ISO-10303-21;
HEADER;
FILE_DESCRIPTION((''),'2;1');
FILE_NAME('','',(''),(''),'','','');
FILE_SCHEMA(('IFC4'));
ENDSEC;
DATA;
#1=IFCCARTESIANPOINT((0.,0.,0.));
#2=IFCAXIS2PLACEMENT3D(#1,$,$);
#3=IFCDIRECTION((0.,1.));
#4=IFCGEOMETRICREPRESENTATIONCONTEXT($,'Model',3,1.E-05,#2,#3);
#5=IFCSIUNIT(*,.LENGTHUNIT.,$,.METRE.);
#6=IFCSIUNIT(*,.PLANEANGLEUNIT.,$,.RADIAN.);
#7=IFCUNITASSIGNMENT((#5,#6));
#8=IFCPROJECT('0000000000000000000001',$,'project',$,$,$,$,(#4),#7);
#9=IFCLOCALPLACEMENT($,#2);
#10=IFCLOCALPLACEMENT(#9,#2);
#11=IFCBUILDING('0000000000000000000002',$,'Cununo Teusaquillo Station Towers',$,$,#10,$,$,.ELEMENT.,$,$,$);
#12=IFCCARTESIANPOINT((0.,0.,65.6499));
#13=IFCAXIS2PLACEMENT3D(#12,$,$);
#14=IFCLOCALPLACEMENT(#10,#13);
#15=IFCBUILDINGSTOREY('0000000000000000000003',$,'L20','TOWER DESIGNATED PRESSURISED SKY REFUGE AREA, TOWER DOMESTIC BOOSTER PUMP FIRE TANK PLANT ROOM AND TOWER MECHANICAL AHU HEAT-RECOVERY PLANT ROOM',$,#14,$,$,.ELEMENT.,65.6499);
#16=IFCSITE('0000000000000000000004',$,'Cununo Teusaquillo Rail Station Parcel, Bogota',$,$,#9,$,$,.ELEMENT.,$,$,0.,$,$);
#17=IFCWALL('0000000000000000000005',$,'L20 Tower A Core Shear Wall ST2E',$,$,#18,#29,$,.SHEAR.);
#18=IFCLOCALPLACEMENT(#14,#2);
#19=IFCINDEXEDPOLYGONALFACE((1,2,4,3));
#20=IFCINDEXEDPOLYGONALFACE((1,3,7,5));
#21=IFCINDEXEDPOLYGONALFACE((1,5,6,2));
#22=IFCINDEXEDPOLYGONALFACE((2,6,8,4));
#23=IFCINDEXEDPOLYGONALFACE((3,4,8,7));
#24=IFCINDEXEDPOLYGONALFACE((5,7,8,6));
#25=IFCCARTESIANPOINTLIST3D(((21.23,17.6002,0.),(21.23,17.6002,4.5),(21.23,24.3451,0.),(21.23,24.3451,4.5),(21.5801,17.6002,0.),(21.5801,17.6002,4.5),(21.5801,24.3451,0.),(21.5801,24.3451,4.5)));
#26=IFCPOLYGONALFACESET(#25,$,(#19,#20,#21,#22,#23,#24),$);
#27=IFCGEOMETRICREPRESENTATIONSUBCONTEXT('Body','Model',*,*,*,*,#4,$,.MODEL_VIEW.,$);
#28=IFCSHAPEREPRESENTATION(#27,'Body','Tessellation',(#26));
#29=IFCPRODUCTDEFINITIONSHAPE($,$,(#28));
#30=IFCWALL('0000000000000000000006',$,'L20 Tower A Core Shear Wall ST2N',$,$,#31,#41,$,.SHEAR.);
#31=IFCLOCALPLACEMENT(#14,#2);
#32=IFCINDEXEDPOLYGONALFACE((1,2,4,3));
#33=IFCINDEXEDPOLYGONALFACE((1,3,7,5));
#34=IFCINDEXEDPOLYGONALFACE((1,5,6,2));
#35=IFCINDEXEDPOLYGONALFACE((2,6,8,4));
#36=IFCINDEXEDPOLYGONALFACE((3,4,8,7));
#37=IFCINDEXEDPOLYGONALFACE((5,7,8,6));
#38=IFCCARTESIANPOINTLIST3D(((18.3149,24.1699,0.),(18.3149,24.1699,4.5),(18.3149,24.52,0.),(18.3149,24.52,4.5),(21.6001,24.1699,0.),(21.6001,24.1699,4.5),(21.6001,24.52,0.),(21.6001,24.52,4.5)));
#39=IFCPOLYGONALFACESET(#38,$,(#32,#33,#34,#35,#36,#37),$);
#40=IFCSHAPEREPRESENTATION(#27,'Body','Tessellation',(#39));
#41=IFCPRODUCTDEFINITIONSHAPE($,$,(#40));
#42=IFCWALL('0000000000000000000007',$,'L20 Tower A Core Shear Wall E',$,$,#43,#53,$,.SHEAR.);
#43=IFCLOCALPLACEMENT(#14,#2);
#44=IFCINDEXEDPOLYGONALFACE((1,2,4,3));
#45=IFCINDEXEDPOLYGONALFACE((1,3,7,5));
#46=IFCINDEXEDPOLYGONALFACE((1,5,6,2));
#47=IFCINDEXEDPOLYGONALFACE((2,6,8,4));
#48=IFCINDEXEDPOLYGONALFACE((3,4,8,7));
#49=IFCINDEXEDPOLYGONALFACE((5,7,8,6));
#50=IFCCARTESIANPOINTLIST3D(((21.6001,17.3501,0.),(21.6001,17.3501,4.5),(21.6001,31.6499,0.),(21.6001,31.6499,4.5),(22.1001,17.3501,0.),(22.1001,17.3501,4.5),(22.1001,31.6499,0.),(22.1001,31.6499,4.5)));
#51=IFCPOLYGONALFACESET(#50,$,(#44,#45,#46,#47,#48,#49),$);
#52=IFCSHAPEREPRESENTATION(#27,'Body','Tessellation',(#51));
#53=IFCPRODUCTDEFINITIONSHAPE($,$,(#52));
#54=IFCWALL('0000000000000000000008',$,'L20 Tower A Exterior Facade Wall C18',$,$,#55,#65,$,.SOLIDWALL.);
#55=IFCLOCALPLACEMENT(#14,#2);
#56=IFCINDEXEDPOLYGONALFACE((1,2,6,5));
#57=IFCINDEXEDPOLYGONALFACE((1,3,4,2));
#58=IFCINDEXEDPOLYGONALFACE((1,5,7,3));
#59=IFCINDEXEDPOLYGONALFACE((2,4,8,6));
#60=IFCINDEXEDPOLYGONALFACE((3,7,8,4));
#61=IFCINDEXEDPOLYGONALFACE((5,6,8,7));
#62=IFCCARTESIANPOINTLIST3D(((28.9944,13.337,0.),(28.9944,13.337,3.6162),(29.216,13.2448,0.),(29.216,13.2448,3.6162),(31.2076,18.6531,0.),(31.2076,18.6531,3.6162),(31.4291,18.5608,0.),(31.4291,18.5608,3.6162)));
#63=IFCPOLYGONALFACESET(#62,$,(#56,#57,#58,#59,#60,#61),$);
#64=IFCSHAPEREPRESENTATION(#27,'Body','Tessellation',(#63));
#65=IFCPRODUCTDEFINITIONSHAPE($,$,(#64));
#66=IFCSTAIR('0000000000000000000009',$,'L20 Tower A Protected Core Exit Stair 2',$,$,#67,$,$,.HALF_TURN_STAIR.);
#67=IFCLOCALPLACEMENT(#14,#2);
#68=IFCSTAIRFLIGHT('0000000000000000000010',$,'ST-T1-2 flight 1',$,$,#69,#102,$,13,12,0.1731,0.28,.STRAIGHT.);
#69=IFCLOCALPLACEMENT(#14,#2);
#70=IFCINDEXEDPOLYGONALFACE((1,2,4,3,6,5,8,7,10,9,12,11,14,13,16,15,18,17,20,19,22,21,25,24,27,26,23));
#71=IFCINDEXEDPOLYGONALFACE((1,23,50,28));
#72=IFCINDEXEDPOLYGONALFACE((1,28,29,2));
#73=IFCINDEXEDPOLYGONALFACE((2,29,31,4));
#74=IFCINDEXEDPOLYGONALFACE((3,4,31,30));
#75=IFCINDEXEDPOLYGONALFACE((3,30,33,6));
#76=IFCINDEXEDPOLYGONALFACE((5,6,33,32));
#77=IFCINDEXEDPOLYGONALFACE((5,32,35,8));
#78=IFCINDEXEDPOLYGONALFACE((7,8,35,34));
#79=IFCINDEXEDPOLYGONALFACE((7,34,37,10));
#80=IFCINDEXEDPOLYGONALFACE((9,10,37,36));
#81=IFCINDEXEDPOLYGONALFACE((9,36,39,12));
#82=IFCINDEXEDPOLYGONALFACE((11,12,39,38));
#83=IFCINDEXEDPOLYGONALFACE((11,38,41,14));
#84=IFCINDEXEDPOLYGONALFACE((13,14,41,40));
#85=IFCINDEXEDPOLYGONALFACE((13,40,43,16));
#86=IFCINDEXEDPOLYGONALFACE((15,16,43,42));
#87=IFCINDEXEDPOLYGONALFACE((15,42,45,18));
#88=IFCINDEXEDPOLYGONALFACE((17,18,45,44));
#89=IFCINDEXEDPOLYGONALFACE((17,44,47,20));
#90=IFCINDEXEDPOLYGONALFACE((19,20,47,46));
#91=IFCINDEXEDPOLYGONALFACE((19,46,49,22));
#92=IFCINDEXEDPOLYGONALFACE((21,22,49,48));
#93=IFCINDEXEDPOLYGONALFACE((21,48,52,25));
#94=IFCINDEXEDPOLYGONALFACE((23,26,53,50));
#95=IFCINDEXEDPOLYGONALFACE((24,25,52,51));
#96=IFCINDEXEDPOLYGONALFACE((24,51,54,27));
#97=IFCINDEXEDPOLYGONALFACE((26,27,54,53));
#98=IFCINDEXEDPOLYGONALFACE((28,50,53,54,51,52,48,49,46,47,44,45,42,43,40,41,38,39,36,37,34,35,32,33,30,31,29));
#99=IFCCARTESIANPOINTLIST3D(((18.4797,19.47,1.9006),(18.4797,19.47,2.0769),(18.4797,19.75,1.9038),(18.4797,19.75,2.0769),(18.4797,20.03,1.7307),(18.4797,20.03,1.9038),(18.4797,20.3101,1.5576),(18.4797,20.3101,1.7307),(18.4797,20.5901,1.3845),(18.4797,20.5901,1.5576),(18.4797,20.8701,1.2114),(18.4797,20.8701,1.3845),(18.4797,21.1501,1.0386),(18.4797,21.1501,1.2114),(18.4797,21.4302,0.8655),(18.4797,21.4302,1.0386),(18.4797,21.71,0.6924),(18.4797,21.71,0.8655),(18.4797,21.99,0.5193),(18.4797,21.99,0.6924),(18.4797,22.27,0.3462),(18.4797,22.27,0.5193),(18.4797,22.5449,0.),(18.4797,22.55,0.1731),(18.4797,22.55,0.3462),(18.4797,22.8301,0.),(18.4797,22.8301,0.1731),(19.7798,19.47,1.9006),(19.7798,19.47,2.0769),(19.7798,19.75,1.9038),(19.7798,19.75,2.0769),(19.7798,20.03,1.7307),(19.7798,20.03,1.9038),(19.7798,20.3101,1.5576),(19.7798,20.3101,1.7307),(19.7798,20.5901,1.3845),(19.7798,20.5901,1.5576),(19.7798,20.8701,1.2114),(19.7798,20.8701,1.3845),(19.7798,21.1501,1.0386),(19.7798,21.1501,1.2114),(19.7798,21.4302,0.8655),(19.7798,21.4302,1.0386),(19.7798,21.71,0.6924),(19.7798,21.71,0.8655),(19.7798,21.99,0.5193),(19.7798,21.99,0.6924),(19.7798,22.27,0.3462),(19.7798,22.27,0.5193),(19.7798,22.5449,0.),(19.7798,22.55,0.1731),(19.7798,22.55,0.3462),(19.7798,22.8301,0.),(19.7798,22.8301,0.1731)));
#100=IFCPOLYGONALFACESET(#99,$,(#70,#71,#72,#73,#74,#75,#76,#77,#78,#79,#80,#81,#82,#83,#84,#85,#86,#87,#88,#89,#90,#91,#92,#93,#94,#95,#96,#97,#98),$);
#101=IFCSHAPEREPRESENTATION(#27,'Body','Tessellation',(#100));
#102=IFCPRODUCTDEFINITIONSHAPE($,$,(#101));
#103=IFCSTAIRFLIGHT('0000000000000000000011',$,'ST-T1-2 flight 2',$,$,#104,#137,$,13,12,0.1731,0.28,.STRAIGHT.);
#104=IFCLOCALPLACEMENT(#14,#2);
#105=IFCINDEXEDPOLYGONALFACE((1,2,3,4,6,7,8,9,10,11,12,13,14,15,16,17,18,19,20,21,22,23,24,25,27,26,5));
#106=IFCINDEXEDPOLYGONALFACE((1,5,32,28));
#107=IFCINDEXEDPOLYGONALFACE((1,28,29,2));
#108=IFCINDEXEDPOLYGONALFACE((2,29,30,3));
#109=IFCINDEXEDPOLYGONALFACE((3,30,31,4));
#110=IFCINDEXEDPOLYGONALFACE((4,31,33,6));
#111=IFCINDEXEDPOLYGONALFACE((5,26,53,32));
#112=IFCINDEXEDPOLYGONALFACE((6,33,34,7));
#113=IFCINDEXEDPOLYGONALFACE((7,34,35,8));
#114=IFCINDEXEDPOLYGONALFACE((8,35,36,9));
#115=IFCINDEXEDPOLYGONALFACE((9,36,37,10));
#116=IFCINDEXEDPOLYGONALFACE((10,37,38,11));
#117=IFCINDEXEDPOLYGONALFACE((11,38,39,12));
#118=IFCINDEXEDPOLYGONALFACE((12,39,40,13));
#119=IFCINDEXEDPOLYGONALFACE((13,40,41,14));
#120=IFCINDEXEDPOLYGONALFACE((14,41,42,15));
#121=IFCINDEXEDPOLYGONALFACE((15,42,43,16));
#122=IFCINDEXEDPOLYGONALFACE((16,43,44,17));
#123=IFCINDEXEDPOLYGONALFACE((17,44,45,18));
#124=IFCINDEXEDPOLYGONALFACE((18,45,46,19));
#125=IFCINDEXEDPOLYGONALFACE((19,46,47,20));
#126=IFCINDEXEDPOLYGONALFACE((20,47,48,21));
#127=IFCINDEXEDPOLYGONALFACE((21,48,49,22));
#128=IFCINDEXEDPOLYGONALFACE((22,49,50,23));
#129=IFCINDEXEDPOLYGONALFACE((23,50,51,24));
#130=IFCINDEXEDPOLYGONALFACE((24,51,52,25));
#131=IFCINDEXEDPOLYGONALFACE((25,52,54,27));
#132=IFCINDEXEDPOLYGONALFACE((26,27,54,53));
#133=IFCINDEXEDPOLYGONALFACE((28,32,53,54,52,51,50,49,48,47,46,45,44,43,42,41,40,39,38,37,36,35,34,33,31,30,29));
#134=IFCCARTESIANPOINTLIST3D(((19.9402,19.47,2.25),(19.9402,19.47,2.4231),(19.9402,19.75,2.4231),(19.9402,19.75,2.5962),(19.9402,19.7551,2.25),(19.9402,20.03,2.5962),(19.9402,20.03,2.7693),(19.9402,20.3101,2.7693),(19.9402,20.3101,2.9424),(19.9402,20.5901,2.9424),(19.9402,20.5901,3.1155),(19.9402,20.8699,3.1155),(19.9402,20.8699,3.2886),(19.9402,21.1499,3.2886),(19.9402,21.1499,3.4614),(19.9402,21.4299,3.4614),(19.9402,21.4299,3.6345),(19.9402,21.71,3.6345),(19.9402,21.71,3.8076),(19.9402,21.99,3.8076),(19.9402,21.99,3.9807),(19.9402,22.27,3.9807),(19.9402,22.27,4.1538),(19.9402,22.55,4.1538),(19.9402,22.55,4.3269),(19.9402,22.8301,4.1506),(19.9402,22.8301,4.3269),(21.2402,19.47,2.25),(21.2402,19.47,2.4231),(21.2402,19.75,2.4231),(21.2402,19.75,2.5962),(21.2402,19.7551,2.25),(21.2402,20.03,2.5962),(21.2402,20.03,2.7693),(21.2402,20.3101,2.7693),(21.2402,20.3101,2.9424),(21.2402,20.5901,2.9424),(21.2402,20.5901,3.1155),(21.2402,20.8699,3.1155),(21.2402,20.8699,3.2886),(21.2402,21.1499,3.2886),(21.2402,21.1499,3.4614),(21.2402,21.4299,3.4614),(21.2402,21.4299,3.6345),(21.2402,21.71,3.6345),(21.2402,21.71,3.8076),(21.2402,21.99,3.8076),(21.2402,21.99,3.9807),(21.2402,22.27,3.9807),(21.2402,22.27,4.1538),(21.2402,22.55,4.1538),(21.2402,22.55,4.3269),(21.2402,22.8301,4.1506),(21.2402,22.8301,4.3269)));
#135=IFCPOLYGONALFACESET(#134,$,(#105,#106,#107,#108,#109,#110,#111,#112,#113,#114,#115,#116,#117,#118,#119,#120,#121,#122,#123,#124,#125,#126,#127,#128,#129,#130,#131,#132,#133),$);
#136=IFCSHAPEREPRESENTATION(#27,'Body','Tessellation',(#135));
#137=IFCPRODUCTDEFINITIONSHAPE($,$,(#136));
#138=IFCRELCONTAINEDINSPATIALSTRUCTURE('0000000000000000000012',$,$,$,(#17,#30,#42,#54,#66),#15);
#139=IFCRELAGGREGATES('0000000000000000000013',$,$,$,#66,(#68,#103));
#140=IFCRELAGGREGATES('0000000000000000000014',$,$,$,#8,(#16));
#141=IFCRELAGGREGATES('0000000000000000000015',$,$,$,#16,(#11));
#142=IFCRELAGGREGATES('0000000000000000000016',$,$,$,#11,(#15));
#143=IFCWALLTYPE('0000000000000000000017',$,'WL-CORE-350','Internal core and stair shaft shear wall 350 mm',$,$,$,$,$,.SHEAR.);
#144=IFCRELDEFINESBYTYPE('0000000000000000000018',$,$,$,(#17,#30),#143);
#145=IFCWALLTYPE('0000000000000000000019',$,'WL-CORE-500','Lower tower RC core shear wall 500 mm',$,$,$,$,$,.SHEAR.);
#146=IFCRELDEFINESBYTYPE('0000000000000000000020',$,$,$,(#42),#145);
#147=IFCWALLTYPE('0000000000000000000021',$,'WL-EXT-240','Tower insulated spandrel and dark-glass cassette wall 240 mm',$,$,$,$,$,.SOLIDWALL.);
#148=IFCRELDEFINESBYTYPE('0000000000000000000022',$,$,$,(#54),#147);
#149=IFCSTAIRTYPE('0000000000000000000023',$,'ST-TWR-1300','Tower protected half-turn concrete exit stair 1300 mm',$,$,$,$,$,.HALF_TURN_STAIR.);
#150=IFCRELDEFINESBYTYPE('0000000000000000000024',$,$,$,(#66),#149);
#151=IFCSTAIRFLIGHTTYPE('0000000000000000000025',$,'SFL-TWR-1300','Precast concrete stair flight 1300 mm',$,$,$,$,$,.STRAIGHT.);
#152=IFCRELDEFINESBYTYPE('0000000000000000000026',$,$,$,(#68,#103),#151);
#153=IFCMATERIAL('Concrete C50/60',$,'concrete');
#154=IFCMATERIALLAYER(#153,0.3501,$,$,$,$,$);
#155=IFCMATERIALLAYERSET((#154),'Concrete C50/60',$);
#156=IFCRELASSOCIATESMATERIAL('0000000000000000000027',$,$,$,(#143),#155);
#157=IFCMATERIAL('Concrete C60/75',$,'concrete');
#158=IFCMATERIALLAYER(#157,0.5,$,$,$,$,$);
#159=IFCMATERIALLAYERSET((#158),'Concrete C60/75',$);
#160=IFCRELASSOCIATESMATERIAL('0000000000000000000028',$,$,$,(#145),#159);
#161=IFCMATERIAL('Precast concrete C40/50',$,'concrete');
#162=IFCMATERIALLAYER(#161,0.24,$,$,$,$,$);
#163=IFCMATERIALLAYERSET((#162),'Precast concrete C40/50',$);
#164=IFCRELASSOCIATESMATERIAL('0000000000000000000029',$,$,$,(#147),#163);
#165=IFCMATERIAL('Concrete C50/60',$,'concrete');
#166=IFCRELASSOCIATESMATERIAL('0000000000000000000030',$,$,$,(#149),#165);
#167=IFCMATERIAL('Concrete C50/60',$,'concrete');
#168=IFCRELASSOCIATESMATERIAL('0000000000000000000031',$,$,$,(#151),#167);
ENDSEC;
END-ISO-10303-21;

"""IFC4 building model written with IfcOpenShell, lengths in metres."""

from ifc_helpers import new_model, si_unit, direction, frame, frame_2d, origin, place, context, subcontext, project, spatial, polyline, rectangle, outline, extrude, material, layer, layer_set, type_object, element, aggregate, save


model = new_model("IFC4")

# Units and contexts
model_context = context("Model", 3, precision=1e-05, world=origin(), true_north=direction((0.0, 1.0)))
body_context = subcontext(model_context, "Body", "Model", "MODEL_VIEW")
ifc_project = project(units=[si_unit("LENGTHUNIT", "METRE"), si_unit("PLANEANGLEUNIT", "RADIAN")], contexts=[model_context])

# Site, building, storey
site_placement = place(None, origin())
site = spatial("IfcSite", under=ifc_project, at=site_placement, Name="Cununo Teusaquillo Rail Station Parcel, Bogota", CompositionType="ELEMENT", RefElevation=0.0)
building_placement = place(site_placement, origin())
building = spatial("IfcBuilding", under=site, at=building_placement, Name="Cununo Teusaquillo Station Towers", CompositionType="ELEMENT")
storey_placement = place(building_placement, frame((0.0, 0.0, 65.6499)))
storey = spatial("IfcBuildingStorey", under=building, at=storey_placement, Name="L20", Description="TOWER DESIGNATED PRESSURISED SKY REFUGE AREA, TOWER DOMESTIC BOOSTER PUMP FIRE TANK PLANT ROOM AND TOWER MECHANICAL AHU HEAT-RECOVERY PLANT ROOM", CompositionType="ELEMENT", Elevation=65.6499)

# Shared definitions
ifc_material_1 = material(Name="Concrete C50/60", Category="concrete")
ifc_layer_1 = layer(ifc_material_1, 0.3501)
ifc_layer_set_1 = layer_set([ifc_layer_1], Name="Concrete C50/60")
wall_type_1 = type_object("IfcWallType", Name="WL-CORE-350", Description="Internal core and stair shaft shear wall 350 mm", PredefinedType="SHEAR", material=ifc_layer_set_1)

# Walls
wall_1_placement = place(storey_placement, frame((21.405, 17.6001, 0.0), z_axis=(0.0, 0.0, 1.0), x_axis=(0.0, 1.0, 0.0)))
element("IfcWall", 1, at=wall_1_placement, inside=storey, type_object=wall_type_1, Name="L20 Tower A Core Shear Wall ST2E", PredefinedType="SHEAR", context=body_context, shape_type="SweptSolid", body=[
    extrude(rectangle(XDim=6.7449, YDim=0.3501, at=frame_2d((3.3726, 0.0))), origin(), (0.0, 0.0, 1.0), 4.5),
])
wall_2_placement = place(storey_placement, frame((18.3149, 24.345, 0.0), z_axis=(0.0, 0.0, 1.0), x_axis=(1.0, 0.0, 0.0)))
element("IfcWall", 2, at=wall_2_placement, inside=storey, type_object=wall_type_1, Name="L20 Tower A Core Shear Wall ST2N", PredefinedType="SHEAR", context=body_context, shape_type="SweptSolid", body=[
    extrude(rectangle(XDim=3.2852, YDim=0.3501, at=frame_2d((1.6426, 0.0))), origin(), (0.0, 0.0, 1.0), 4.5),
])
ifc_material_2 = material(Name="Concrete C60/75", Category="concrete")
ifc_layer_2 = layer(ifc_material_2, 0.5)
ifc_layer_set_2 = layer_set([ifc_layer_2], Name="Concrete C60/75")
wall_type_2 = type_object("IfcWallType", Name="WL-CORE-500", Description="Lower tower RC core shear wall 500 mm", PredefinedType="SHEAR", material=ifc_layer_set_2)
wall_3_placement = place(storey_placement, frame((21.8501, 17.3501, 0.0), z_axis=(0.0, 0.0, 1.0), x_axis=(0.0, 1.0, 0.0)))
element("IfcWall", 3, at=wall_3_placement, inside=storey, type_object=wall_type_2, Name="L20 Tower A Core Shear Wall E", PredefinedType="SHEAR", context=body_context, shape_type="SweptSolid", body=[
    extrude(rectangle(XDim=14.2998, YDim=0.5, at=frame_2d((7.1499, 0.0))), origin(), (0.0, 0.0, 1.0), 4.5),
])
ifc_material_3 = material(Name="Precast concrete C40/50", Category="concrete")
ifc_layer_3 = layer(ifc_material_3, 0.24)
ifc_layer_set_3 = layer_set([ifc_layer_3], Name="Precast concrete C40/50")
wall_type_3 = type_object("IfcWallType", Name="WL-EXT-240", Description="Tower insulated spandrel and dark-glass cassette wall 240 mm", PredefinedType="SOLIDWALL", material=ifc_layer_set_3)
wall_4_placement = place(storey_placement, frame((31.3184, 18.6069, 0.0), z_axis=(0.0, 0.0, 1.0), x_axis=(-0.384344, -0.92319, 0.0)))
element("IfcWall", 4, at=wall_4_placement, inside=storey, type_object=wall_type_3, Name="L20 Tower A Exterior Facade Wall C18", PredefinedType="SOLIDWALL", context=body_context, shape_type="SweptSolid", body=[
    extrude(rectangle(XDim=5.7583, YDim=0.24, at=frame_2d((2.8792, 0.0))), origin(), (0.0, 0.0, 1.0), 3.6162),
])

# Stair, stair flights
ifc_material_4 = material(Name="Concrete C50/60", Category="concrete")
stair_type = type_object("IfcStairType", Name="ST-TWR-1300", Description="Tower protected half-turn concrete exit stair 1300 mm", PredefinedType="HALF_TURN_STAIR", material=ifc_material_4)
stair_placement = place(storey_placement, origin())
stair = element("IfcStair", 5, at=stair_placement, inside=storey, type_object=stair_type, Name="L20 Tower A Protected Core Exit Stair 2", PredefinedType="HALF_TURN_STAIR")
ifc_material_5 = material(Name="Concrete C50/60", Category="concrete")
stair_flight_type = type_object("IfcStairFlightType", Name="SFL-TWR-1300", Description="Precast concrete stair flight 1300 mm", PredefinedType="STRAIGHT", material=ifc_material_5)
stair_flight_1_placement = place(storey_placement, frame((19.1299, 22.8301, 0.0), z_axis=(0.0, 0.0, 1.0), x_axis=(0.0, -1.0, 0.0)))
stair_flight_1 = element("IfcStairFlight", 6, at=stair_flight_1_placement, type_object=stair_flight_type, Name="ST-T1-2 flight 1", NumberOfRisers=13, NumberOfTreads=12, PredefinedType="STRAIGHT", RiserHeight=0.1731, TreadLength=0.28, context=body_context, shape_type="SweptSolid", body=[
    extrude(outline(polyline([(0.0, 0.0), (0.0, 0.1731), (0.28, 0.1731), (0.28, 0.3462), (0.5601, 0.3462), (0.5601, 0.5193), (0.8401, 0.5193), (0.8401, 0.6924), (1.1201, 0.6924), (1.1201, 0.8655), (1.3999, 0.8655), (1.3999, 1.0386), (1.6799, 1.0386), (1.6799, 1.2114), (1.96, 1.2114), (1.96, 1.3845), (2.24, 1.3845), (2.24, 1.5576), (2.52, 1.5576), (2.52, 1.7307), (2.8, 1.7307), (2.8, 1.9038), (3.0801, 1.9038), (3.0801, 2.0769), (3.3601, 2.0769), (3.3601, 2.25), (3.3601, 1.9006), (0.2852, 0.0), (0.0, 0.0)])), frame((0.0, 0.6499, 0.0), z_axis=(0.0, -1.0, 0.0), x_axis=(1.0, 0.0, 0.0)), (0.0, 0.0, 1.0), 1.3),
])
stair_flight_2_placement = place(storey_placement, frame((20.5901, 19.47, 2.25), z_axis=(0.0, 0.0, 1.0), x_axis=(0.0, 1.0, 0.0)))
stair_flight_2 = element("IfcStairFlight", 7, at=stair_flight_2_placement, type_object=stair_flight_type, Name="ST-T1-2 flight 2", NumberOfRisers=13, NumberOfTreads=12, PredefinedType="STRAIGHT", RiserHeight=0.1731, TreadLength=0.28, context=body_context, shape_type="SweptSolid", body=[
    extrude(outline(polyline([(0.0, 0.0), (0.0, 0.1731), (0.28, 0.1731), (0.28, 0.3462), (0.5601, 0.3462), (0.5601, 0.5193), (0.8401, 0.5193), (0.8401, 0.6924), (1.1201, 0.6924), (1.1201, 0.8655), (1.3999, 0.8655), (1.3999, 1.0386), (1.6799, 1.0386), (1.6799, 1.2114), (1.96, 1.2114), (1.96, 1.3845), (2.24, 1.3845), (2.24, 1.5576), (2.52, 1.5576), (2.52, 1.7307), (2.8, 1.7307), (2.8, 1.9038), (3.0801, 1.9038), (3.0801, 2.0769), (3.3601, 2.0769), (3.3601, 2.25), (3.3601, 1.9006), (0.2852, 0.0), (0.0, 0.0)])), frame((0.0, 0.6499, 0.0), z_axis=(0.0, -1.0, 0.0), x_axis=(1.0, 0.0, 0.0)), (0.0, 0.0, 1.0), 1.3),
])
aggregate(stair, [stair_flight_1, stair_flight_2])

save(model, "model.ifc")
